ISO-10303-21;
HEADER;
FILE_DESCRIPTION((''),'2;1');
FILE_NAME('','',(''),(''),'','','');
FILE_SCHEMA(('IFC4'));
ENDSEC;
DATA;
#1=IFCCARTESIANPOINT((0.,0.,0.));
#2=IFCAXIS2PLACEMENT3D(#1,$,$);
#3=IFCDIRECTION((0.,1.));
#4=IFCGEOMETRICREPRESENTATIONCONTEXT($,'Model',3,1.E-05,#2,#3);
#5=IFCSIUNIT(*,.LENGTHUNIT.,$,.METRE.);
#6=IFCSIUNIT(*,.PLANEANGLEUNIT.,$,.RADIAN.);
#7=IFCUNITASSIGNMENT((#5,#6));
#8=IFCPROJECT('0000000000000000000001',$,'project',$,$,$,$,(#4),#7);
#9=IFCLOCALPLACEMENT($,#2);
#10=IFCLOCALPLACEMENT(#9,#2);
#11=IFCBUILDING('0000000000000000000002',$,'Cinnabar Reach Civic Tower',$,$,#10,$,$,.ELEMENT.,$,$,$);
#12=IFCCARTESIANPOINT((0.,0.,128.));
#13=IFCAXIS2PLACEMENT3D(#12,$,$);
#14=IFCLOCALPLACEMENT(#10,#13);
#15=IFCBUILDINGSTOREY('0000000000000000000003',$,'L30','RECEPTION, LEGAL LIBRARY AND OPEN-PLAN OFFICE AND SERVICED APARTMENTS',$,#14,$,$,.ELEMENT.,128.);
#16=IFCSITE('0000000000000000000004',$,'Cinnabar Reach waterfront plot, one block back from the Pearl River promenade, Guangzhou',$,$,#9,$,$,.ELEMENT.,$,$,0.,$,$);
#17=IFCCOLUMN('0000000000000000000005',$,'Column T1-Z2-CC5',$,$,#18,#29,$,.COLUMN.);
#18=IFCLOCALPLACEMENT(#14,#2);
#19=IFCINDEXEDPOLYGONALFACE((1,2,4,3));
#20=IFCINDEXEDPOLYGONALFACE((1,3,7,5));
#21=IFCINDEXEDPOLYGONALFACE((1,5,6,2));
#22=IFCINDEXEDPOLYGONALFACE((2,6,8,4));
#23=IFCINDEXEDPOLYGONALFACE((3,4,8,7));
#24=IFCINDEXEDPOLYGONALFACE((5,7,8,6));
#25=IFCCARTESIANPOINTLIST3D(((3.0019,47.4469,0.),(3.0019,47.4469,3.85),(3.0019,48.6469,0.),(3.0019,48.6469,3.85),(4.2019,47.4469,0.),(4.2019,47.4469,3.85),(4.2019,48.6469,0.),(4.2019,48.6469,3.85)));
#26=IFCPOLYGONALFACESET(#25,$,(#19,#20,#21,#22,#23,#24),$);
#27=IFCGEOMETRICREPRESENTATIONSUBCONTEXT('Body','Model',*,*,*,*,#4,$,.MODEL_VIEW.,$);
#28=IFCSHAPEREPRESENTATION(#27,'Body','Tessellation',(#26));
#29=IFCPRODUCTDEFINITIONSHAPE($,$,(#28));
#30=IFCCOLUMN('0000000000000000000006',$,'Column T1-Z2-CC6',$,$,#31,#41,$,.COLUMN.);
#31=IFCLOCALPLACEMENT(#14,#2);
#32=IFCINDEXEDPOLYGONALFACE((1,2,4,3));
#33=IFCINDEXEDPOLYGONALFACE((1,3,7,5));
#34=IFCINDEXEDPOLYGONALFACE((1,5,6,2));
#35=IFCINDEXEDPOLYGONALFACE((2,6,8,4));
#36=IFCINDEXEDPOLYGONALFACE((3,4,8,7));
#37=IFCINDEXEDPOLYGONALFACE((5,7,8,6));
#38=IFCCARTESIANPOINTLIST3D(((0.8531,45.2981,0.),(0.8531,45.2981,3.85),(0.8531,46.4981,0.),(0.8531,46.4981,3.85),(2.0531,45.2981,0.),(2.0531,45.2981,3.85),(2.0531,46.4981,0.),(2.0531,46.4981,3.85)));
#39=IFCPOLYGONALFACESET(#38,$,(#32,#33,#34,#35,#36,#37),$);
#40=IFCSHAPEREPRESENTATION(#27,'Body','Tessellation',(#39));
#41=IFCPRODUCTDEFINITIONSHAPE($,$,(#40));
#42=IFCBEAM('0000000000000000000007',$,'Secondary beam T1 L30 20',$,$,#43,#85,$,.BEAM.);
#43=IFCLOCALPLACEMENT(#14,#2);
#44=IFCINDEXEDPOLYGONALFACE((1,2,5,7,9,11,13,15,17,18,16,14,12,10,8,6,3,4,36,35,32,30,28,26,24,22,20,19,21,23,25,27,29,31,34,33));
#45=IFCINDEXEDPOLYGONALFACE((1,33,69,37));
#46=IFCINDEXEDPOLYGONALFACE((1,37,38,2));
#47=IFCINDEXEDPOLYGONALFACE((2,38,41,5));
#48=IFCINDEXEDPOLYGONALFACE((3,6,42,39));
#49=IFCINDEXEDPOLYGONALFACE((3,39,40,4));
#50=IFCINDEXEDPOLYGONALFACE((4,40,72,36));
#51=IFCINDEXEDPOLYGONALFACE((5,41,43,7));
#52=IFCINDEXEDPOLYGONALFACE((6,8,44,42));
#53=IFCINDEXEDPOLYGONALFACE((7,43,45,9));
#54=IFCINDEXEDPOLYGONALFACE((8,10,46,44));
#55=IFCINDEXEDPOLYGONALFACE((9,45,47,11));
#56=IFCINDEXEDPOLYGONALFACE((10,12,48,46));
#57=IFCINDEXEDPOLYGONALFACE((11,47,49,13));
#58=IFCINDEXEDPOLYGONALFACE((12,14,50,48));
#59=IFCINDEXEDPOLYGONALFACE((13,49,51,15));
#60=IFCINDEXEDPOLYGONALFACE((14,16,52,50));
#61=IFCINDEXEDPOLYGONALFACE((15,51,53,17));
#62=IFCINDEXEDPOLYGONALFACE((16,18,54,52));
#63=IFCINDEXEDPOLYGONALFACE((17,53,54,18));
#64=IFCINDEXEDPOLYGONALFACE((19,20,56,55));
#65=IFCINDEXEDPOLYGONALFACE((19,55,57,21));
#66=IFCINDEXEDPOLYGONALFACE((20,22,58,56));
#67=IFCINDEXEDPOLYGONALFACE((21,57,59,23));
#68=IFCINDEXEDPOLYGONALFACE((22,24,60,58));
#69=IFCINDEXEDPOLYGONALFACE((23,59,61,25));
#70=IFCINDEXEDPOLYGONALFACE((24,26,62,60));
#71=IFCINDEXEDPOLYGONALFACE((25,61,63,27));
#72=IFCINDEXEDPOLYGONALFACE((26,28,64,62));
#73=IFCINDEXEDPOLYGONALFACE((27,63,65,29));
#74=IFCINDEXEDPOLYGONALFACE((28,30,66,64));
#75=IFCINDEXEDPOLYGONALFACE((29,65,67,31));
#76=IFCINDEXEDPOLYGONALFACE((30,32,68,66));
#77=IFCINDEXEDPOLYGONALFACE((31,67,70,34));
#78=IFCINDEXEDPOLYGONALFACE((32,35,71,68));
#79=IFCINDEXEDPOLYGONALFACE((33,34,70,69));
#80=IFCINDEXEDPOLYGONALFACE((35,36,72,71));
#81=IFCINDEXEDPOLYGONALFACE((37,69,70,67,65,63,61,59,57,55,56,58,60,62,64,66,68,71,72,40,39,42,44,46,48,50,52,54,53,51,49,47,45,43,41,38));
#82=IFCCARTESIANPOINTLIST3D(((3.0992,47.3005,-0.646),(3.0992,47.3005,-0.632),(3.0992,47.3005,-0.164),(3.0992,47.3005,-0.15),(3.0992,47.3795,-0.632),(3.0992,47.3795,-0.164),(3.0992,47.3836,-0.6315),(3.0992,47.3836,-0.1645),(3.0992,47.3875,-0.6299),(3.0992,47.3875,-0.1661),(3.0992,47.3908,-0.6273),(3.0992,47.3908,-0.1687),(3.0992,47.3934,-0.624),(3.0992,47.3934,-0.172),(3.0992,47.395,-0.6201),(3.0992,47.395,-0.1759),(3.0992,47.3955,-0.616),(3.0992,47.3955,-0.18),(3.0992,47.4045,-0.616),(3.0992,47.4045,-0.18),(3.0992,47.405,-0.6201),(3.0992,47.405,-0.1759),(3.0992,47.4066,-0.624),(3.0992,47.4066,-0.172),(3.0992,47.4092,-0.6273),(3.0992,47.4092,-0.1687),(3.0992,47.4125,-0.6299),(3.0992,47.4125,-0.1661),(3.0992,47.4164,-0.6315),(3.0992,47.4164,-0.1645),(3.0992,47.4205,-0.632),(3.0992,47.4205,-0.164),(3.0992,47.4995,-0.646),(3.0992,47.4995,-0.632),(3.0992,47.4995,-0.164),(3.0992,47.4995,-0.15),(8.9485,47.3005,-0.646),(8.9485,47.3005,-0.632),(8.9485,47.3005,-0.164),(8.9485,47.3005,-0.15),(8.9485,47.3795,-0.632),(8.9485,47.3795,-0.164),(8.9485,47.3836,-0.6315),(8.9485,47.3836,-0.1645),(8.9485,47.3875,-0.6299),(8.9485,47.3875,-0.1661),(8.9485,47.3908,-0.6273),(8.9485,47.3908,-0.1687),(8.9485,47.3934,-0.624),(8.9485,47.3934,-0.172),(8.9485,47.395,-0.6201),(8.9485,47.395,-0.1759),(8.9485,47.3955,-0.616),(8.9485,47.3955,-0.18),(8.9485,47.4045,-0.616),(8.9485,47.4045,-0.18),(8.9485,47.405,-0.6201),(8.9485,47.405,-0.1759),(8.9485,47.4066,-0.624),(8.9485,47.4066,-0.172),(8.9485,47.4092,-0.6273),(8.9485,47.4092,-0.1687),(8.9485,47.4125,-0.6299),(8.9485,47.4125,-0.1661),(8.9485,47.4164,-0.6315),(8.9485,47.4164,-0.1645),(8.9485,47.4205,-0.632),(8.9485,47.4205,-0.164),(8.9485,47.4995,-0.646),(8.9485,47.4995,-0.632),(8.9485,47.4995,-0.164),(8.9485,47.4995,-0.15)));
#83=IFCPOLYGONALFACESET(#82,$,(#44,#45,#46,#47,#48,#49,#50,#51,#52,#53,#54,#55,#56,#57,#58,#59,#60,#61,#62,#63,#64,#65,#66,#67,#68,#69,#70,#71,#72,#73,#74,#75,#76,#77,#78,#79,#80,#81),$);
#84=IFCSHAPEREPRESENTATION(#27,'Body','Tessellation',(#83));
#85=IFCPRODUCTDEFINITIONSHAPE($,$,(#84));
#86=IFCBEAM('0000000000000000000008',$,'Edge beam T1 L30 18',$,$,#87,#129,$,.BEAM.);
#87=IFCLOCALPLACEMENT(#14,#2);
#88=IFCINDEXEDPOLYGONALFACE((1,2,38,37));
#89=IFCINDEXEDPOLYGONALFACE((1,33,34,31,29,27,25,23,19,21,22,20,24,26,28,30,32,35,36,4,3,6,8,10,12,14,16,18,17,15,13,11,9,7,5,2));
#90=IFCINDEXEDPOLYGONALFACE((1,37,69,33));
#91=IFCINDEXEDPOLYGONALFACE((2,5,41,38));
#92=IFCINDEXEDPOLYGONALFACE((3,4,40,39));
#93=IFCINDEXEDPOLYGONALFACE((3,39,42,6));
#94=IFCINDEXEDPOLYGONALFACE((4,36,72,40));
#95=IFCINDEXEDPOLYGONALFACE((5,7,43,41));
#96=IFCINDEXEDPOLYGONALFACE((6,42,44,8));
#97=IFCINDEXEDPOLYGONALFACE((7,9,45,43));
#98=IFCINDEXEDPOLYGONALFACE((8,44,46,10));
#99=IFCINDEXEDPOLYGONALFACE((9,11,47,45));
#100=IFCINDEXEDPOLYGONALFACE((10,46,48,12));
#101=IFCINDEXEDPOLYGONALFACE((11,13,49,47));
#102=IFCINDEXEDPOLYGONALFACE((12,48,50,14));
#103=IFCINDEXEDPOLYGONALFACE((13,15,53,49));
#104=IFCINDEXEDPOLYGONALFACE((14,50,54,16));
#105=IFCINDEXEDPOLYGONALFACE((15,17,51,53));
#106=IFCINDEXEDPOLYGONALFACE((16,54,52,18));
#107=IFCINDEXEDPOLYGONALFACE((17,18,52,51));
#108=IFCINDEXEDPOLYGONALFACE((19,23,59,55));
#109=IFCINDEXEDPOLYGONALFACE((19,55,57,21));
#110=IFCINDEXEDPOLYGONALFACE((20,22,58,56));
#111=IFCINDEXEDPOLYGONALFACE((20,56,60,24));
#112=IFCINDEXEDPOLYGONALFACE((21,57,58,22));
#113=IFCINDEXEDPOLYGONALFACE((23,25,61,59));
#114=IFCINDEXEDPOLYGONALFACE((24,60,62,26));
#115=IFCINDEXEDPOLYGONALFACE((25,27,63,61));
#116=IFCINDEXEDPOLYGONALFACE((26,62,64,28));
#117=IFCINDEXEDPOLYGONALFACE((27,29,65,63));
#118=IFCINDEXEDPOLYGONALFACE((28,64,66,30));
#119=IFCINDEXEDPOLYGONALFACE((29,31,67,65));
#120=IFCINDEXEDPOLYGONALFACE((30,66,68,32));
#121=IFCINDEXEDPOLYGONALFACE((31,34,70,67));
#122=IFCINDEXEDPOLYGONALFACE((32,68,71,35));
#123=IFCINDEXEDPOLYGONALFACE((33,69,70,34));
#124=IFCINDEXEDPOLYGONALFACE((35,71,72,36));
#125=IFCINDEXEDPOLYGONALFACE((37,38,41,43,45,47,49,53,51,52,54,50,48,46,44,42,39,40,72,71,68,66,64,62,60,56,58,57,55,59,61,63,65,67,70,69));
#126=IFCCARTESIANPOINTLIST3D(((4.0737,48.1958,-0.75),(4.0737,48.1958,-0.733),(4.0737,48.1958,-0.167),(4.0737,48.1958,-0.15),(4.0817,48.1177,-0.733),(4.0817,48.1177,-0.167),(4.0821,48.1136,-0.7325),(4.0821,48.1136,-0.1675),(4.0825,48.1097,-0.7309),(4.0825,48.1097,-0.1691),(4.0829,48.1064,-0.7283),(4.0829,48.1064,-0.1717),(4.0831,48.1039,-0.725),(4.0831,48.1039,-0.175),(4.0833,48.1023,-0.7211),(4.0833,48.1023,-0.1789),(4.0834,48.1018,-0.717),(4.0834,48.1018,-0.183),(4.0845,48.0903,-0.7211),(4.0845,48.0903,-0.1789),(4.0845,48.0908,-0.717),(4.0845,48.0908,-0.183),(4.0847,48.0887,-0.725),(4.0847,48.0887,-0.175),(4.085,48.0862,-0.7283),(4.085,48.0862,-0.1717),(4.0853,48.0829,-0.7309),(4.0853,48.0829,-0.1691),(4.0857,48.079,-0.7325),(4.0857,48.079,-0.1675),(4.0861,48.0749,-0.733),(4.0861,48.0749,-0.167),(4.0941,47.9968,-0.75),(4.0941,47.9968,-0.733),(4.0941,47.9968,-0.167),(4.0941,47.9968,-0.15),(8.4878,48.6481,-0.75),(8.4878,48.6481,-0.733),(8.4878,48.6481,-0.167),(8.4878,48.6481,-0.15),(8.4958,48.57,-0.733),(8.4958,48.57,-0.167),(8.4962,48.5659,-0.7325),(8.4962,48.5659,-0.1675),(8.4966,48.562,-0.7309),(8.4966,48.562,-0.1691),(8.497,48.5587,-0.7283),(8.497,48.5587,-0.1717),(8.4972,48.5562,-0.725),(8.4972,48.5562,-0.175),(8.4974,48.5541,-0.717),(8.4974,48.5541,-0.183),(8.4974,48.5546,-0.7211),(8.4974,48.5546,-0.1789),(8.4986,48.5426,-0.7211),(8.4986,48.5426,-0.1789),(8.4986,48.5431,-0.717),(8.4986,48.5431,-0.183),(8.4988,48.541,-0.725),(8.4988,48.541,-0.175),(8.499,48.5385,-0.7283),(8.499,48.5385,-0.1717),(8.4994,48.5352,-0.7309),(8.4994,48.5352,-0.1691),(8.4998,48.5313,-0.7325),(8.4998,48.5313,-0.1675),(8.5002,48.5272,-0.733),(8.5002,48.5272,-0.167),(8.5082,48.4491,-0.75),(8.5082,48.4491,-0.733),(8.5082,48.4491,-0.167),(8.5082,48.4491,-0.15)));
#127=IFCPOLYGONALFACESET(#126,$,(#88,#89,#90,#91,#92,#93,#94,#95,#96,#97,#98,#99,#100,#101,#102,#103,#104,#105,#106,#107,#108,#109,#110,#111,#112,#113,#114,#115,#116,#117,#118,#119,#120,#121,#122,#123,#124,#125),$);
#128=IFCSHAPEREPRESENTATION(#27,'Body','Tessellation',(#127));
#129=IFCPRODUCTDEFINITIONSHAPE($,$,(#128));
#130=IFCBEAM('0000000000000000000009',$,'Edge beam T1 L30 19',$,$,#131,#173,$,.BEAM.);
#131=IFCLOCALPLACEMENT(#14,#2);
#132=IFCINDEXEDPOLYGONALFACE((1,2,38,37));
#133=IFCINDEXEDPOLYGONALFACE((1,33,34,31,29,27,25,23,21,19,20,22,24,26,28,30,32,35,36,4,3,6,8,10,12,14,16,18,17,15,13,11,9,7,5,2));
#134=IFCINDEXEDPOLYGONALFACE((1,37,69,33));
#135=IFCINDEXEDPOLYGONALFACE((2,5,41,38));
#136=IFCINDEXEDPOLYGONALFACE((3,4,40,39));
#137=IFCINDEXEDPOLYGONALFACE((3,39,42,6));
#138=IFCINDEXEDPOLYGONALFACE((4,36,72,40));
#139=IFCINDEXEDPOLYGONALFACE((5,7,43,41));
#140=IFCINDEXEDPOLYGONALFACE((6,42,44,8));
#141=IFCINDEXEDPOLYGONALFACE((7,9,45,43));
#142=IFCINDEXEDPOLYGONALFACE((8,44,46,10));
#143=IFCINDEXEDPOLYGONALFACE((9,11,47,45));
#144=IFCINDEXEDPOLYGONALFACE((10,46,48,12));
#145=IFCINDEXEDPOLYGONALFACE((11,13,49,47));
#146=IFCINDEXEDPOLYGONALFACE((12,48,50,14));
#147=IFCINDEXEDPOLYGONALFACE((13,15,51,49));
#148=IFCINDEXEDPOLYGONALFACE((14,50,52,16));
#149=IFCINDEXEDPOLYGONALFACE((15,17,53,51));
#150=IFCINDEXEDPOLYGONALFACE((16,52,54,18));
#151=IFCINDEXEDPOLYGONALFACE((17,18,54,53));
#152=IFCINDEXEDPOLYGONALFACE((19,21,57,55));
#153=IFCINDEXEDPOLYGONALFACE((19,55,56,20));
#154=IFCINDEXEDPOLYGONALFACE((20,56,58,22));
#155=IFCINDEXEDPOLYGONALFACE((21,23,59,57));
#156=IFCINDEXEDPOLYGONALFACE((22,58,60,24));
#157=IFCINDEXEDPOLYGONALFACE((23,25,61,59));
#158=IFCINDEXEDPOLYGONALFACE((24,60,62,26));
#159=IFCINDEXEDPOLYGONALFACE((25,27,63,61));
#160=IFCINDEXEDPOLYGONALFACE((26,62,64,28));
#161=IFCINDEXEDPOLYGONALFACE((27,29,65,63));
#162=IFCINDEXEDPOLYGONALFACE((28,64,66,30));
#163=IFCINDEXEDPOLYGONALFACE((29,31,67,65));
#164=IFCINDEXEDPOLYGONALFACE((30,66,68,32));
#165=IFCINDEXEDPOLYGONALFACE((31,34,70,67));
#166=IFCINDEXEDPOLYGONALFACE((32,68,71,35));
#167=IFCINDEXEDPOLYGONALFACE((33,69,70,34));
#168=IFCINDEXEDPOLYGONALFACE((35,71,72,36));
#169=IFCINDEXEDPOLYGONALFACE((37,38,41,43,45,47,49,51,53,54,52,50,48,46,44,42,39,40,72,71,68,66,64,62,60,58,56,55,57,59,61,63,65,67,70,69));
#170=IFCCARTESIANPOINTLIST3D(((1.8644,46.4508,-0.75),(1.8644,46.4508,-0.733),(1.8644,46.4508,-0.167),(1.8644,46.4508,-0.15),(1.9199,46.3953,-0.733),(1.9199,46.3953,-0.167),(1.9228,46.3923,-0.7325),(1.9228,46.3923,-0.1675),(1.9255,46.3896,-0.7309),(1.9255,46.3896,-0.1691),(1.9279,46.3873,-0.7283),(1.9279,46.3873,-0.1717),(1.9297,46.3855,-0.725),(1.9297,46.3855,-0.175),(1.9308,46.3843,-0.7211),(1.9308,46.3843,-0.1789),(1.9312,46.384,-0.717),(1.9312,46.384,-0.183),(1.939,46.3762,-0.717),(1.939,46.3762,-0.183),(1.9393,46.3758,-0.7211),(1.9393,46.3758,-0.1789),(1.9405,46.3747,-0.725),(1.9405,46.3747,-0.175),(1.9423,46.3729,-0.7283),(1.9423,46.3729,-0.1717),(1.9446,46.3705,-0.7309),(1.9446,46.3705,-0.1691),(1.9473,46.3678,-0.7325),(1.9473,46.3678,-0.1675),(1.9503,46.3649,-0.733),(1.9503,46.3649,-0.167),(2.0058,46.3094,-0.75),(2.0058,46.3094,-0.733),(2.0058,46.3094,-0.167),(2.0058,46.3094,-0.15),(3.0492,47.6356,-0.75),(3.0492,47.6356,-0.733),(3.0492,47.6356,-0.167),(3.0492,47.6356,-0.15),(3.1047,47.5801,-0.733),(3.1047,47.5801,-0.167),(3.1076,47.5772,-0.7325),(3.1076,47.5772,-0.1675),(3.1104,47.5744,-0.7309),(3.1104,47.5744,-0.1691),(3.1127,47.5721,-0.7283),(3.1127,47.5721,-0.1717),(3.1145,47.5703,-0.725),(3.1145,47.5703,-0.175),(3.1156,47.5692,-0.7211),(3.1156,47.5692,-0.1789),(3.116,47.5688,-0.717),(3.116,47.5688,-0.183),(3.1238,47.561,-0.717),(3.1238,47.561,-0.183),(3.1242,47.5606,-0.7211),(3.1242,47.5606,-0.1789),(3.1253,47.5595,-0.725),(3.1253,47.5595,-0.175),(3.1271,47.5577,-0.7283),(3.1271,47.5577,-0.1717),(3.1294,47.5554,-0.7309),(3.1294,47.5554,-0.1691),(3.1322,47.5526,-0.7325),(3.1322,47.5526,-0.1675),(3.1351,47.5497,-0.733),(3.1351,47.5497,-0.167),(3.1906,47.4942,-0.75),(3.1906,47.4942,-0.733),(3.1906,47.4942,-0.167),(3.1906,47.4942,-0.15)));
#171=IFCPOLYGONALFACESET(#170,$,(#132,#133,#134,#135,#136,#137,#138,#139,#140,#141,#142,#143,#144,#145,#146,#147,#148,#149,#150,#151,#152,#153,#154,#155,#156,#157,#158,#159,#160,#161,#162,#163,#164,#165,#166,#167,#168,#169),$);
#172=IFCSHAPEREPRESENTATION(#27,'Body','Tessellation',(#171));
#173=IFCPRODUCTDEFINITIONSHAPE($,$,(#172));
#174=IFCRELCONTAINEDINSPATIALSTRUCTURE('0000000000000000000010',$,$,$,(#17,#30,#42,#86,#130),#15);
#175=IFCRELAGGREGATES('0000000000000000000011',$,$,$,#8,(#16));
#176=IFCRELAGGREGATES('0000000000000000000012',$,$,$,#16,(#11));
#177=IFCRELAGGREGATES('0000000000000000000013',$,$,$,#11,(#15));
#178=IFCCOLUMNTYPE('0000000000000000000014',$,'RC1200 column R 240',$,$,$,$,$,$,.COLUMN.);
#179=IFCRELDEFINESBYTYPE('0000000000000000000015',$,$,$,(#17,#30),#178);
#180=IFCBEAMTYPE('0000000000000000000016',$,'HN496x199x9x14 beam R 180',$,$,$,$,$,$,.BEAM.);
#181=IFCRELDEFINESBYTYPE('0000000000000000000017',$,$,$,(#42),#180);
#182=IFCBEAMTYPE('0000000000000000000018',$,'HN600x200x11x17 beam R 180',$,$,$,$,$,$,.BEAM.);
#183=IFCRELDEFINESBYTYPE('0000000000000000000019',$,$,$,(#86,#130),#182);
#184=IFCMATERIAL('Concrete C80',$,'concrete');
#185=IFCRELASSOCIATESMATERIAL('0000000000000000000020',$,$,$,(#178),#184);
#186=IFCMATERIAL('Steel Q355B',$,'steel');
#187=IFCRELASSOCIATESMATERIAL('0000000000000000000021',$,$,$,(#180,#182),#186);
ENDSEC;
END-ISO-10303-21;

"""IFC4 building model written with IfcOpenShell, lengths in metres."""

from ifc_helpers import new_model, si_unit, direction, frame, origin, origin_2d, place, context, subcontext, project, spatial, rectangle, i_section, extrude, material, material_profile, profile_set, type_object, element, save


model = new_model("IFC4")

# Units and contexts
model_context = context("Model", 3, precision=1e-05, world=origin(), true_north=direction((0.0, 1.0)))
body_context = subcontext(model_context, "Body", "Model", "MODEL_VIEW")
ifc_project = project(units=[si_unit("LENGTHUNIT", "METRE"), si_unit("PLANEANGLEUNIT", "RADIAN")], contexts=[model_context])

# Site, building, storey
site_placement = place(None, origin())
site = spatial("IfcSite", under=ifc_project, at=site_placement, Name="Cinnabar Reach waterfront plot, one block back from the Pearl River promenade, Guangzhou", CompositionType="ELEMENT", RefElevation=0.0)
building_placement = place(site_placement, origin())
building = spatial("IfcBuilding", under=site, at=building_placement, Name="Cinnabar Reach Civic Tower", CompositionType="ELEMENT")
storey_placement = place(building_placement, frame((0.0, 0.0, 128.0)))
storey = spatial("IfcBuildingStorey", under=building, at=storey_placement, Name="L30", Description="RECEPTION, LEGAL LIBRARY AND OPEN-PLAN OFFICE AND SERVICED APARTMENTS", CompositionType="ELEMENT", Elevation=128.0)

# Columns
ifc_material_1 = material(Name="Concrete C80", Category="concrete")
ifc_material_profile_1 = material_profile(ifc_material_1, rectangle(XDim=1.2, YDim=1.2, at=origin_2d()), Name="RC1200")
ifc_profile_set_1 = profile_set([ifc_material_profile_1], Name="Concrete C80")
column_type = type_object("IfcColumnType", Name="RC1200 column R 240", PredefinedType="COLUMN", material=ifc_profile_set_1)
for number, where, z_axis, x_axis, name in (
    (1, (3.6019, 48.0469, 0.0), (0.0, 0.0, 1.0), (1.0, 0.0, 0.0), "Column T1-Z2-CC5"),
    (2, (1.4531, 45.8981, 0.0), (0.0, 0.0, 1.0), (1.0, 0.0, 0.0), "Column T1-Z2-CC6"),
):
    element("IfcColumn", number, at=place(storey_placement, frame(where, z_axis=z_axis, x_axis=x_axis)), inside=storey, type_object=column_type, Name=name, PredefinedType="COLUMN", context=body_context, shape_type="SweptSolid", body=[
        extrude(rectangle(XDim=1.2, YDim=1.2, at=origin_2d()), origin(), (0.0, 0.0, 1.0), 3.85),
    ])

# Beams
ifc_material_2 = material(Name="Steel Q355B", Category="steel")
ifc_material_profile_2 = material_profile(ifc_material_2, i_section(OverallWidth=0.199, OverallDepth=0.496, WebThickness=0.009, FlangeThickness=0.014, FilletRadius=0.016, at=origin_2d()), Name="HN496x199x9x14")
ifc_profile_set_2 = profile_set([ifc_material_profile_2], Name="Steel Q355B")
beam_type_1 = type_object("IfcBeamType", Name="HN496x199x9x14 beam R 180", PredefinedType="BEAM", material=ifc_profile_set_2)
beam_1_placement = place(storey_placement, frame((3.0992, 47.4, -0.398), z_axis=(1.0, 0.0, 0.0), x_axis=(0.0, 1.0, 0.0)))
element("IfcBeam", 3, at=beam_1_placement, inside=storey, type_object=beam_type_1, Name="Secondary beam T1 L30 20", PredefinedType="BEAM", context=body_context, shape_type="SweptSolid", body=[
    extrude(i_section(OverallWidth=0.199, OverallDepth=0.496, WebThickness=0.009, FlangeThickness=0.014, FilletRadius=0.016, at=origin_2d()), origin(), (0.0, 0.0, 1.0), 5.8493),
])
ifc_material_profile_3 = material_profile(ifc_material_2, i_section(OverallWidth=0.2, OverallDepth=0.6, WebThickness=0.011, FlangeThickness=0.017, FilletRadius=0.016, at=origin_2d()), Name="HN600x200x11x17")
ifc_profile_set_3 = profile_set([ifc_material_profile_3], Name="Steel Q355B")
beam_type_2 = type_object("IfcBeamType", Name="HN600x200x11x17 beam R 180", PredefinedType="BEAM", material=ifc_profile_set_3)
beam_2_placement = place(storey_placement, frame((8.498, 48.5486, -0.45), z_axis=(-0.994791, -0.101933, 0.0), x_axis=(0.101933, -0.994791, 0.0)))
element("IfcBeam", 4, at=beam_2_placement, inside=storey, type_object=beam_type_2, Name="Edge beam T1 L30 18", PredefinedType="BEAM", context=body_context, shape_type="SweptSolid", body=[
    extrude(i_section(OverallWidth=0.2, OverallDepth=0.6, WebThickness=0.011, FlangeThickness=0.017, FilletRadius=0.016, at=origin_2d()), origin(), (0.0, 0.0, 1.0), 4.4372),
])
beam_3_placement = place(storey_placement, frame((3.1199, 47.5649, -0.45), z_axis=(-0.707107, -0.707107, 0.0), x_axis=(0.707107, -0.707107, 0.0)))
element("IfcBeam", 5, at=beam_3_placement, inside=storey, type_object=beam_type_2, Name="Edge beam T1 L30 19", PredefinedType="BEAM", context=body_context, shape_type="SweptSolid", body=[
    extrude(i_section(OverallWidth=0.2, OverallDepth=0.6, WebThickness=0.011, FlangeThickness=0.017, FilletRadius=0.016, at=origin_2d()), origin(), (0.0, 0.0, 1.0), 1.6756),
])

save(model, "model.ifc")
